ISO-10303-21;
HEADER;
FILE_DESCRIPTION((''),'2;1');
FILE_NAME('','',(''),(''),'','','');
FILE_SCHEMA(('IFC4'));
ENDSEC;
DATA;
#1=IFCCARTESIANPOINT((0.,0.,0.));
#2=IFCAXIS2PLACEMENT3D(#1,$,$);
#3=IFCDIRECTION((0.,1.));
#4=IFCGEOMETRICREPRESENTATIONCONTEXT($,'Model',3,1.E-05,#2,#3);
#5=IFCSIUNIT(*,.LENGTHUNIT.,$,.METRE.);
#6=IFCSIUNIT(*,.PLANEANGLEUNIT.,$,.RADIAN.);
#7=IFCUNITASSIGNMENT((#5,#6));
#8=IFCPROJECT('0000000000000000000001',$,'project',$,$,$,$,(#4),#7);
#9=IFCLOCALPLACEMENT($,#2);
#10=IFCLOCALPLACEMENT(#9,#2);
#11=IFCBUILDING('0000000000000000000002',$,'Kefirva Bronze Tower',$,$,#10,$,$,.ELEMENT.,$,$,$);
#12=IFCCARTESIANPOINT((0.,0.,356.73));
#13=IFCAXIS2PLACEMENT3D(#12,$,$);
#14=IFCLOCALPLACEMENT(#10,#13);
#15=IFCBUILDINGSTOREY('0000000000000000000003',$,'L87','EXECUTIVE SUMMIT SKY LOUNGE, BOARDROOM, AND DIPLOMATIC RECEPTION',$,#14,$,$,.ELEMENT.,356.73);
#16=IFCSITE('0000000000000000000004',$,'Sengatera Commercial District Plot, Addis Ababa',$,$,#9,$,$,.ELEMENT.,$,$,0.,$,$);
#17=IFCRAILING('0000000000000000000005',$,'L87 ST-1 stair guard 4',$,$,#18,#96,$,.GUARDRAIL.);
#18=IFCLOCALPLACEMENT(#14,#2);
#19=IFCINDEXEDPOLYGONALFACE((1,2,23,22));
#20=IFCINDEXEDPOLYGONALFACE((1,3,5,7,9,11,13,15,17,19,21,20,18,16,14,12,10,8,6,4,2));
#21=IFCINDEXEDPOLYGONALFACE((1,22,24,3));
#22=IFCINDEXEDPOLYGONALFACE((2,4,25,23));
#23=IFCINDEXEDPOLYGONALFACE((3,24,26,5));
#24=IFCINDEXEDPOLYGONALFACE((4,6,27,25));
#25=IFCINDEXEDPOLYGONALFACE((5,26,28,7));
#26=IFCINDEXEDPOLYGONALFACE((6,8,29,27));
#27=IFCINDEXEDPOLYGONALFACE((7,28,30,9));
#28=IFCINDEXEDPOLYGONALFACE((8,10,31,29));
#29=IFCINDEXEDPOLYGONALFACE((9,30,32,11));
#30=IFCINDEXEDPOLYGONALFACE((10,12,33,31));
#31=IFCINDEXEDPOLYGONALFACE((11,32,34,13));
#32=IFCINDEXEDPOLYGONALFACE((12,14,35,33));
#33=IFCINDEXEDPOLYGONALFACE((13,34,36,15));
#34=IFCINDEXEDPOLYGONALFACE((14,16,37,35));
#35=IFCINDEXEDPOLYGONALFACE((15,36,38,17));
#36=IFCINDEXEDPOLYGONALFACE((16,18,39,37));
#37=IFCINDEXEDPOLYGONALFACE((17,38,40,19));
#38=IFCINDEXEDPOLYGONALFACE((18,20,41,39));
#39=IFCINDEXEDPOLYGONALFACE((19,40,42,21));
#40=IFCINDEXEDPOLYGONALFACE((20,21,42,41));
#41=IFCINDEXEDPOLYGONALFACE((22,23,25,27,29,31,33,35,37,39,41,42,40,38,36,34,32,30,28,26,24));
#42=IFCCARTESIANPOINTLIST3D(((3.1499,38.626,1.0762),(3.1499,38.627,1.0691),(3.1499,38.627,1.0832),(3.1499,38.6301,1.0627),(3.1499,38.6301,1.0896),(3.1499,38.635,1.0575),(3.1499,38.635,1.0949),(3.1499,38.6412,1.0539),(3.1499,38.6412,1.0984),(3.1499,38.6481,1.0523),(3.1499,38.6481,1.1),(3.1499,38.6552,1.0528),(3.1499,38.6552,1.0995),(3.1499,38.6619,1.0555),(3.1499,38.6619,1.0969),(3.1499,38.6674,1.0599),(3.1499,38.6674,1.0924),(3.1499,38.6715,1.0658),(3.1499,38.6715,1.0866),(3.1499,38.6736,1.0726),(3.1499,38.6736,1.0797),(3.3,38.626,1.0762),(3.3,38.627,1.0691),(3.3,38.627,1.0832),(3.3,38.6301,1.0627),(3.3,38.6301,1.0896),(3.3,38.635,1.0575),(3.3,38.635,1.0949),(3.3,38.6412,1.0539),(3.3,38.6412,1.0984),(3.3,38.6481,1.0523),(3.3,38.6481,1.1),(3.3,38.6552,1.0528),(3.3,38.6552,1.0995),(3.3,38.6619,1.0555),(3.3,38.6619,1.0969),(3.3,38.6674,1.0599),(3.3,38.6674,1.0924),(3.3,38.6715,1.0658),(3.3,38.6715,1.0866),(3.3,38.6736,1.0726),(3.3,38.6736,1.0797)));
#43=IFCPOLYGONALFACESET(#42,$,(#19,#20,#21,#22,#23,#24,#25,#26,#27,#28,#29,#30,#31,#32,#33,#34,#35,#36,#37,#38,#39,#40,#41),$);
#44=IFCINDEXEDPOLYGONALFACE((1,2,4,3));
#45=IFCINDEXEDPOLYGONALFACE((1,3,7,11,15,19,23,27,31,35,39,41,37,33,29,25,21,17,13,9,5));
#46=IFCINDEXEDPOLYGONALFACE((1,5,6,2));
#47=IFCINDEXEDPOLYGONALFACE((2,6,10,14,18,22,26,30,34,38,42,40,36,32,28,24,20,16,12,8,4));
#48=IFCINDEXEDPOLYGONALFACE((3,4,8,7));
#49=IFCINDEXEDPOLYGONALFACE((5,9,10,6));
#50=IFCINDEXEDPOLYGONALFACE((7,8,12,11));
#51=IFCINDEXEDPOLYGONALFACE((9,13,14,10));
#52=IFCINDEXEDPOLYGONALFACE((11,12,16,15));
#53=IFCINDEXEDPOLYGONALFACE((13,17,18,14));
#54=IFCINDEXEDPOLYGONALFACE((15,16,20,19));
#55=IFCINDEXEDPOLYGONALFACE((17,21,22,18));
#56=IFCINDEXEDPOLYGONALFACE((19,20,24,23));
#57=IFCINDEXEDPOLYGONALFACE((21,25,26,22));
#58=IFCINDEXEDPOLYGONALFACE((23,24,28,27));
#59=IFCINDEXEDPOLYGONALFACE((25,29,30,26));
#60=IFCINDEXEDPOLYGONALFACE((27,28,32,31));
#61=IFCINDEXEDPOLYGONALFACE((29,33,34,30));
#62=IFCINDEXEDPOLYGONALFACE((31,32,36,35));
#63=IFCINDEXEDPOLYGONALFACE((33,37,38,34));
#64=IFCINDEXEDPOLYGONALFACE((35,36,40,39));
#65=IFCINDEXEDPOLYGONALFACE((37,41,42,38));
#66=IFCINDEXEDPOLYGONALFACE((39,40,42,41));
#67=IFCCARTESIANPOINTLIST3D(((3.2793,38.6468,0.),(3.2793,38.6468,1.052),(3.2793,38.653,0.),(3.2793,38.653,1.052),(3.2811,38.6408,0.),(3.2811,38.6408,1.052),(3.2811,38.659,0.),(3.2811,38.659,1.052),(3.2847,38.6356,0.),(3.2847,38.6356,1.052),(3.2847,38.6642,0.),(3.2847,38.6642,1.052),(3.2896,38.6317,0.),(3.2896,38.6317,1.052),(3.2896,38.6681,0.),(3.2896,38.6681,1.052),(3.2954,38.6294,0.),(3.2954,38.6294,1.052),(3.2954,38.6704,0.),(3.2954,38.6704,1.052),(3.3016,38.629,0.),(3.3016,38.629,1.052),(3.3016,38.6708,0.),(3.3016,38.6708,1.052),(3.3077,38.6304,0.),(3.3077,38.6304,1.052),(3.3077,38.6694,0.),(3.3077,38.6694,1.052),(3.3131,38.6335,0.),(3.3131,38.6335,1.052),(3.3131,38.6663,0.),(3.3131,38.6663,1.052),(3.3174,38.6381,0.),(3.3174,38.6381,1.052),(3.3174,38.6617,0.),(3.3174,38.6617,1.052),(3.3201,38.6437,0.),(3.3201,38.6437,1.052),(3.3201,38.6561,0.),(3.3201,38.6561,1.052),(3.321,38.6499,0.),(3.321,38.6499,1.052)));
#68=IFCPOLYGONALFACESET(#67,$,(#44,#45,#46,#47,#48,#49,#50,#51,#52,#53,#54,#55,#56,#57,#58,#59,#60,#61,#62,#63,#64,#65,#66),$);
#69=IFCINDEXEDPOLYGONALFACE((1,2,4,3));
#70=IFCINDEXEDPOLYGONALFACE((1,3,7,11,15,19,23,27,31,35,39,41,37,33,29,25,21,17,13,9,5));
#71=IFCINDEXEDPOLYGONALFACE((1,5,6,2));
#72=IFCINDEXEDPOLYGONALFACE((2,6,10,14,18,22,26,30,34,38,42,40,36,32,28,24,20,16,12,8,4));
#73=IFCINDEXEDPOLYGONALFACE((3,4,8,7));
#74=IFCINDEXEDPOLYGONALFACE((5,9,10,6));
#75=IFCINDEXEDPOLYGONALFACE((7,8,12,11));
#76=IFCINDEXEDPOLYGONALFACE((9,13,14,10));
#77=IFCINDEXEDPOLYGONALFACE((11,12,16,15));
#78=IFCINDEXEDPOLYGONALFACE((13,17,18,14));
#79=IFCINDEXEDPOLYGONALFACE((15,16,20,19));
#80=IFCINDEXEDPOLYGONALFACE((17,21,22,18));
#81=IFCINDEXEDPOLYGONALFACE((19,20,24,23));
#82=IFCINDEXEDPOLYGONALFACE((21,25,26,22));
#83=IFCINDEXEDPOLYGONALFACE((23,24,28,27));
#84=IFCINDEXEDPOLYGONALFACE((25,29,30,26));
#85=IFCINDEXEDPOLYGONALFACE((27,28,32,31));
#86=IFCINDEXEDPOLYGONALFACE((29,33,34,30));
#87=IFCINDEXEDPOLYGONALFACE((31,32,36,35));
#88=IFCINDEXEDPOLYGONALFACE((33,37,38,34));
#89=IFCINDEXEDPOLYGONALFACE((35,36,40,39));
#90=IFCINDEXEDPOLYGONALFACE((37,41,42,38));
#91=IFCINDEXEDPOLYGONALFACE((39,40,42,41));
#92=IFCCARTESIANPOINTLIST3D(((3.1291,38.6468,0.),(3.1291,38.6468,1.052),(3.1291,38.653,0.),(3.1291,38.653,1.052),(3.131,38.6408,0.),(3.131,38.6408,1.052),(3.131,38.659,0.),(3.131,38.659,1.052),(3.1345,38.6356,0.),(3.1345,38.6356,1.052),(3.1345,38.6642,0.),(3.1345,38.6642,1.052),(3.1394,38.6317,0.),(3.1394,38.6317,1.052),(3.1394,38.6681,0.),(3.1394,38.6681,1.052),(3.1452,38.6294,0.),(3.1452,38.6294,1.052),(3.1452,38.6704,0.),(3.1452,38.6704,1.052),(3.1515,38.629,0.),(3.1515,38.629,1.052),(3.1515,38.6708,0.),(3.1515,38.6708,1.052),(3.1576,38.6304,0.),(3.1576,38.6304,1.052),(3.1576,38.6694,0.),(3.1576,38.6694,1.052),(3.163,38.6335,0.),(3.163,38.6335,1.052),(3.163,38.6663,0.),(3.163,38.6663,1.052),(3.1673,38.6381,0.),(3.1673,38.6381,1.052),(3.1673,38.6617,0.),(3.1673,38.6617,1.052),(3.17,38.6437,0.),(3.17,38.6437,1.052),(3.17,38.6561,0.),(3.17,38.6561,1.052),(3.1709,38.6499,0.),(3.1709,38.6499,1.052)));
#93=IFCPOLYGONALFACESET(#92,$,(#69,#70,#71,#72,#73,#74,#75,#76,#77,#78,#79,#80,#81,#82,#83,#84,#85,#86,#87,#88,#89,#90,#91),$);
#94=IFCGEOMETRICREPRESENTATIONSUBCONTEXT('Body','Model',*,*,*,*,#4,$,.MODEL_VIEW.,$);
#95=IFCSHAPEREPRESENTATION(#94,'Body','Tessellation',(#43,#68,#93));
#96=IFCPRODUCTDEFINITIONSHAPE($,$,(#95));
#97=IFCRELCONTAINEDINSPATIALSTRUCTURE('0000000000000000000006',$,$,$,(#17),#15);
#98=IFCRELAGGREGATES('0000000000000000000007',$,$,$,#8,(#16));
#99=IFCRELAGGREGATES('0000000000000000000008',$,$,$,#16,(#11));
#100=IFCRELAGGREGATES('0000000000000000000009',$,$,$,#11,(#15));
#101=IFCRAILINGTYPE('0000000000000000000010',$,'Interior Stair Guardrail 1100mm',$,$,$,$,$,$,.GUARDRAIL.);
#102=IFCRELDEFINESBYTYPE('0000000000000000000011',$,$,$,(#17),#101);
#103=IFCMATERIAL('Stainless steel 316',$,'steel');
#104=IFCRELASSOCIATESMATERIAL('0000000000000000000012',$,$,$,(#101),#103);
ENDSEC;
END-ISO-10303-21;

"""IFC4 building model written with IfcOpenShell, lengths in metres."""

from ifc_helpers import new_model, si_unit, direction, frame, origin, origin_2d, place, context, subcontext, project, spatial, circle, extrude, material, type_object, element, save


model = new_model("IFC4")

# Units and contexts
model_context = context("Model", 3, precision=1e-05, world=origin(), true_north=direction((0.0, 1.0)))
body_context = subcontext(model_context, "Body", "Model", "MODEL_VIEW")
ifc_project = project(units=[si_unit("LENGTHUNIT", "METRE"), si_unit("PLANEANGLEUNIT", "RADIAN")], contexts=[model_context])

# Site, building, storey
site_placement = place(None, origin())
site = spatial("IfcSite", under=ifc_project, at=site_placement, Name="Sengatera Commercial District Plot, Addis Ababa", CompositionType="ELEMENT", RefElevation=0.0)
building_placement = place(site_placement, origin())
building = spatial("IfcBuilding", under=site, at=building_placement, Name="Kefirva Bronze Tower", CompositionType="ELEMENT")
storey_placement = place(building_placement, frame((0.0, 0.0, 356.73)))
storey = spatial("IfcBuildingStorey", under=building, at=storey_placement, Name="L87", Description="EXECUTIVE SUMMIT SKY LOUNGE, BOARDROOM, AND DIPLOMATIC RECEPTION", CompositionType="ELEMENT", Elevation=356.73)

# Railing
ifc_material_1 = material(Name="Stainless steel 316", Category="steel")
railing_type_1 = type_object("IfcRailingType", Name="Interior Stair Guardrail 1100mm", PredefinedType="GUARDRAIL", material=ifc_material_1)
railing_1_placement = place(storey_placement, frame((3.3, 38.6499, 0.0)))
element("IfcRailing", 1, at=railing_1_placement, inside=storey, type_object=railing_type_1, Name="L87 ST-1 stair guard 4", PredefinedType="GUARDRAIL", context=body_context, shape_type="SweptSolid", body=[
    extrude(circle(Radius=0.0239, at=origin_2d()), frame((0.0, 0.0, 1.0762), z_axis=(-1.0, 0.0, 0.0), x_axis=(0.0, -1.0, 0.0)), (0.0, 0.0, 1.0), 0.1501),
    extrude(circle(Radius=0.021, at=origin_2d()), origin(), (0.0, 0.0, 1.0), 1.052),
    extrude(circle(Radius=0.021, at=origin_2d()), frame((-0.1501, 0.0, 0.0)), (0.0, 0.0, 1.0), 1.052),
])

save(model, "model.ifc")
